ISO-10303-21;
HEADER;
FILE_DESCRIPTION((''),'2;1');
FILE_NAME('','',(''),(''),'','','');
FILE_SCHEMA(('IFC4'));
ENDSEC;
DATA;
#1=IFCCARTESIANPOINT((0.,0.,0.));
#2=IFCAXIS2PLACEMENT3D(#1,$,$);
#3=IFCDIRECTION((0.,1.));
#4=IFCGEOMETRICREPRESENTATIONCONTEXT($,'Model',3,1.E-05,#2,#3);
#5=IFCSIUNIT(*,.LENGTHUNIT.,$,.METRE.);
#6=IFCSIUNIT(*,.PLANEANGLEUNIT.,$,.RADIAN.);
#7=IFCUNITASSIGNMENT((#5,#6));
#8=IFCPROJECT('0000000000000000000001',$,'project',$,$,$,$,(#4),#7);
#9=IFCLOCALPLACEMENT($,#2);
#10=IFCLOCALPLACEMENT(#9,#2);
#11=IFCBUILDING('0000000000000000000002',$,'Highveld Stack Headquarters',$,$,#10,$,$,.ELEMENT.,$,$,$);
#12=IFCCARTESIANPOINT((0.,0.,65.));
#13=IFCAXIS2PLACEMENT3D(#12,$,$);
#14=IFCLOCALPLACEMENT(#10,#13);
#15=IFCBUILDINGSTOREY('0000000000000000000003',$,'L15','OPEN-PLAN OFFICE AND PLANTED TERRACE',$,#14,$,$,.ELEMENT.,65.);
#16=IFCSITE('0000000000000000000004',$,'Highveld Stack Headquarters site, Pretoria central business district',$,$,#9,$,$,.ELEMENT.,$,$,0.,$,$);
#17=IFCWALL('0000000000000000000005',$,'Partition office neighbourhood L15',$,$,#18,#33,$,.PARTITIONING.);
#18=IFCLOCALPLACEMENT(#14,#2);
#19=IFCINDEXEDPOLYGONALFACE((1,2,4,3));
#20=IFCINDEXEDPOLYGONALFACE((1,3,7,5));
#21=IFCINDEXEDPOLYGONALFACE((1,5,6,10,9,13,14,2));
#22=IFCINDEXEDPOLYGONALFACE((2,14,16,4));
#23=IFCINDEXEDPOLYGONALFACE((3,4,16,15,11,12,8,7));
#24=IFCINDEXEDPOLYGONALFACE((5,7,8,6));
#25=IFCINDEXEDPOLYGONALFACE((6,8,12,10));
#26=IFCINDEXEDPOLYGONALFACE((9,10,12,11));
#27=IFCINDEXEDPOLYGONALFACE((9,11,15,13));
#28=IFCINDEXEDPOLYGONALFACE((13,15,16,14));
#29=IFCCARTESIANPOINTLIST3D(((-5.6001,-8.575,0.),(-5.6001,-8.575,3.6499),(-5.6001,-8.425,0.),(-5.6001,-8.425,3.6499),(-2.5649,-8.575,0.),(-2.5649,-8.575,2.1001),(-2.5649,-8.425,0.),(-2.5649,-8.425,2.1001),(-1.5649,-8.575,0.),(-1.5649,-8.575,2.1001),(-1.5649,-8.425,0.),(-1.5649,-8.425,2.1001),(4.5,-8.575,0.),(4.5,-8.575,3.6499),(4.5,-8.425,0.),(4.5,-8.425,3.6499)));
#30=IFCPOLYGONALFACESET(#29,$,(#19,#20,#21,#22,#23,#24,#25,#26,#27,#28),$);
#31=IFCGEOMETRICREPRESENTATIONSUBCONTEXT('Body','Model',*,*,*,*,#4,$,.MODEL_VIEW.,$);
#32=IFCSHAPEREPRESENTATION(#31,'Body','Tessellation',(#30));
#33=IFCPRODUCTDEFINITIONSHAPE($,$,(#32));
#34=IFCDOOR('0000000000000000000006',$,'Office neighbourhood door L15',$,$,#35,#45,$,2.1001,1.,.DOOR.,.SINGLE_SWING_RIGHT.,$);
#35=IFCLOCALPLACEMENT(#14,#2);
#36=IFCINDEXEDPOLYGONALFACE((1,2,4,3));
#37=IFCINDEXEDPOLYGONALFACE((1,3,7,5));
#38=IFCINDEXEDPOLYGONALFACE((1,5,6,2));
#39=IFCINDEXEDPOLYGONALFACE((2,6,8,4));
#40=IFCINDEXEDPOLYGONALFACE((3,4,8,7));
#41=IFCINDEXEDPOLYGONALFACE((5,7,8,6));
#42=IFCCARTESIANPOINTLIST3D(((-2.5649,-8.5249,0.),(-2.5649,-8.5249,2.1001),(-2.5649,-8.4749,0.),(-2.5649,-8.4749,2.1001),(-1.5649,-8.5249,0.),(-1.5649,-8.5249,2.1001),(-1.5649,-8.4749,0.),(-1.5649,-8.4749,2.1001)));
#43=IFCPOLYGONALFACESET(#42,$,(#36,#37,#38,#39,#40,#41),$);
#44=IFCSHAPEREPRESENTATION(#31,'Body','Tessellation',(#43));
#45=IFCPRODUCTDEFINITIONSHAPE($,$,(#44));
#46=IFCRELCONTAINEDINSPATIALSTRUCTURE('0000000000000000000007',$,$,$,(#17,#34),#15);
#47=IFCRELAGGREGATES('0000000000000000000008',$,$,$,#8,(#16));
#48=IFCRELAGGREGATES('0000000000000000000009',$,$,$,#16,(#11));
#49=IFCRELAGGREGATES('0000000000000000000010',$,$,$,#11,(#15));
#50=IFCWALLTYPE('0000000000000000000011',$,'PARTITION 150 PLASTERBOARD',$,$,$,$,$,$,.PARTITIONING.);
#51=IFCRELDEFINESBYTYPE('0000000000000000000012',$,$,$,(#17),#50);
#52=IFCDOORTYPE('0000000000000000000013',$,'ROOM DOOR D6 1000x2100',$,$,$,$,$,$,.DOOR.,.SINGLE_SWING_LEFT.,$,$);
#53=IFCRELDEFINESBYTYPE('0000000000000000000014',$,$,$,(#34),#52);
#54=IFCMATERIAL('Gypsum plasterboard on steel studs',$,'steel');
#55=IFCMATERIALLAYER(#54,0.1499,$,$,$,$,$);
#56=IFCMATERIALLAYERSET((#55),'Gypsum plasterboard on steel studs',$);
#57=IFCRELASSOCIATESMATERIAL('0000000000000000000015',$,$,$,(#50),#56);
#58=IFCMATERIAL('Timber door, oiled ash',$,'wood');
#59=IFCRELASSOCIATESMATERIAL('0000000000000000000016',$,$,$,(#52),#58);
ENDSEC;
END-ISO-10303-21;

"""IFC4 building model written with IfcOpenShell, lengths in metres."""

from ifc_helpers import new_model, si_unit, direction, frame, frame_2d, origin, place, context, subcontext, project, spatial, rectangle, extrude, material, layer, layer_set, type_object, element, fill, save


model = new_model("IFC4")

# Units and contexts
model_context = context("Model", 3, precision=1e-05, world=origin(), true_north=direction((0.0, 1.0)))
body_context = subcontext(model_context, "Body", "Model", "MODEL_VIEW")
ifc_project = project(units=[si_unit("LENGTHUNIT", "METRE"), si_unit("PLANEANGLEUNIT", "RADIAN")], contexts=[model_context])

# Site, building, storey
site_placement = place(None, origin())
site = spatial("IfcSite", under=ifc_project, at=site_placement, Name="Highveld Stack Headquarters site, Pretoria central business district", CompositionType="ELEMENT", RefElevation=0.0)
building_placement = place(site_placement, origin())
building = spatial("IfcBuilding", under=site, at=building_placement, Name="Highveld Stack Headquarters", CompositionType="ELEMENT")
storey_placement = place(building_placement, frame((0.0, 0.0, 65.0)))
storey = spatial("IfcBuildingStorey", under=building, at=storey_placement, Name="L15", Description="OPEN-PLAN OFFICE AND PLANTED TERRACE", CompositionType="ELEMENT", Elevation=65.0)

# Shared definitions
ifc_material_1 = material(Name="Gypsum plasterboard on steel studs", Category="steel")
ifc_layer_1 = layer(ifc_material_1, 0.1499)
ifc_layer_set_1 = layer_set([ifc_layer_1], Name="Gypsum plasterboard on steel studs")
wall_type_1 = type_object("IfcWallType", Name="PARTITION 150 PLASTERBOARD", PredefinedType="PARTITIONING", material=ifc_layer_set_1)
ifc_material_2 = material(Name="Timber door, oiled ash", Category="wood")
door_type = type_object("IfcDoorType", Name="ROOM DOOR D6 1000x2100", OperationType="SINGLE_SWING_LEFT", PredefinedType="DOOR", material=ifc_material_2)

# Wall, opening, door
wall_1_placement = place(storey_placement, frame((4.5, -8.5, 0.0), z_axis=(0.0, 0.0, 1.0), x_axis=(-1.0, 0.0, 0.0)))
wall_1 = element("IfcWall", 1, at=wall_1_placement, inside=storey, type_object=wall_type_1, Name="Partition office neighbourhood L15", PredefinedType="PARTITIONING", context=body_context, shape_type="SweptSolid", body=[
    extrude(rectangle(XDim=10.1001, YDim=0.1499, at=frame_2d((5.05, 0.0))), origin(), (0.0, 0.0, 1.0), 3.6499),
])
opening_1_placement = place(wall_1_placement, frame((6.0649, 0.0, 0.0)))
opening_1 = element("IfcOpeningElement", 2, at=opening_1_placement, cuts=wall_1, PredefinedType="OPENING", context=body_context, shape_type="SweptSolid", body=[
    extrude(rectangle(XDim=1.0, YDim=2.1001, at=frame_2d((0.5, 1.05))), frame((0.0, 0.085, 0.0), z_axis=(0.0, -1.0, 0.0), x_axis=(1.0, 0.0, 0.0)), (0.0, 0.0, 1.0), 0.1699),
])
door_1_placement = place(opening_1_placement, origin())
door_1 = element("IfcDoor", 3, at=door_1_placement, inside=storey, type_object=door_type, Name="Office neighbourhood door L15", OperationType="SINGLE_SWING_RIGHT", OverallHeight=2.1001, OverallWidth=1.0, PredefinedType="DOOR", context=body_context, shape_type="SweptSolid", body=[
    extrude(rectangle(XDim=1.0, YDim=2.1001, at=frame_2d((0.5, 1.05))), frame((0.0, 0.0249, 0.0), z_axis=(0.0, -1.0, 0.0), x_axis=(1.0, 0.0, 0.0)), (0.0, 0.0, 1.0), 0.05),
])
fill(opening_1, door_1)

save(model, "model.ifc")
